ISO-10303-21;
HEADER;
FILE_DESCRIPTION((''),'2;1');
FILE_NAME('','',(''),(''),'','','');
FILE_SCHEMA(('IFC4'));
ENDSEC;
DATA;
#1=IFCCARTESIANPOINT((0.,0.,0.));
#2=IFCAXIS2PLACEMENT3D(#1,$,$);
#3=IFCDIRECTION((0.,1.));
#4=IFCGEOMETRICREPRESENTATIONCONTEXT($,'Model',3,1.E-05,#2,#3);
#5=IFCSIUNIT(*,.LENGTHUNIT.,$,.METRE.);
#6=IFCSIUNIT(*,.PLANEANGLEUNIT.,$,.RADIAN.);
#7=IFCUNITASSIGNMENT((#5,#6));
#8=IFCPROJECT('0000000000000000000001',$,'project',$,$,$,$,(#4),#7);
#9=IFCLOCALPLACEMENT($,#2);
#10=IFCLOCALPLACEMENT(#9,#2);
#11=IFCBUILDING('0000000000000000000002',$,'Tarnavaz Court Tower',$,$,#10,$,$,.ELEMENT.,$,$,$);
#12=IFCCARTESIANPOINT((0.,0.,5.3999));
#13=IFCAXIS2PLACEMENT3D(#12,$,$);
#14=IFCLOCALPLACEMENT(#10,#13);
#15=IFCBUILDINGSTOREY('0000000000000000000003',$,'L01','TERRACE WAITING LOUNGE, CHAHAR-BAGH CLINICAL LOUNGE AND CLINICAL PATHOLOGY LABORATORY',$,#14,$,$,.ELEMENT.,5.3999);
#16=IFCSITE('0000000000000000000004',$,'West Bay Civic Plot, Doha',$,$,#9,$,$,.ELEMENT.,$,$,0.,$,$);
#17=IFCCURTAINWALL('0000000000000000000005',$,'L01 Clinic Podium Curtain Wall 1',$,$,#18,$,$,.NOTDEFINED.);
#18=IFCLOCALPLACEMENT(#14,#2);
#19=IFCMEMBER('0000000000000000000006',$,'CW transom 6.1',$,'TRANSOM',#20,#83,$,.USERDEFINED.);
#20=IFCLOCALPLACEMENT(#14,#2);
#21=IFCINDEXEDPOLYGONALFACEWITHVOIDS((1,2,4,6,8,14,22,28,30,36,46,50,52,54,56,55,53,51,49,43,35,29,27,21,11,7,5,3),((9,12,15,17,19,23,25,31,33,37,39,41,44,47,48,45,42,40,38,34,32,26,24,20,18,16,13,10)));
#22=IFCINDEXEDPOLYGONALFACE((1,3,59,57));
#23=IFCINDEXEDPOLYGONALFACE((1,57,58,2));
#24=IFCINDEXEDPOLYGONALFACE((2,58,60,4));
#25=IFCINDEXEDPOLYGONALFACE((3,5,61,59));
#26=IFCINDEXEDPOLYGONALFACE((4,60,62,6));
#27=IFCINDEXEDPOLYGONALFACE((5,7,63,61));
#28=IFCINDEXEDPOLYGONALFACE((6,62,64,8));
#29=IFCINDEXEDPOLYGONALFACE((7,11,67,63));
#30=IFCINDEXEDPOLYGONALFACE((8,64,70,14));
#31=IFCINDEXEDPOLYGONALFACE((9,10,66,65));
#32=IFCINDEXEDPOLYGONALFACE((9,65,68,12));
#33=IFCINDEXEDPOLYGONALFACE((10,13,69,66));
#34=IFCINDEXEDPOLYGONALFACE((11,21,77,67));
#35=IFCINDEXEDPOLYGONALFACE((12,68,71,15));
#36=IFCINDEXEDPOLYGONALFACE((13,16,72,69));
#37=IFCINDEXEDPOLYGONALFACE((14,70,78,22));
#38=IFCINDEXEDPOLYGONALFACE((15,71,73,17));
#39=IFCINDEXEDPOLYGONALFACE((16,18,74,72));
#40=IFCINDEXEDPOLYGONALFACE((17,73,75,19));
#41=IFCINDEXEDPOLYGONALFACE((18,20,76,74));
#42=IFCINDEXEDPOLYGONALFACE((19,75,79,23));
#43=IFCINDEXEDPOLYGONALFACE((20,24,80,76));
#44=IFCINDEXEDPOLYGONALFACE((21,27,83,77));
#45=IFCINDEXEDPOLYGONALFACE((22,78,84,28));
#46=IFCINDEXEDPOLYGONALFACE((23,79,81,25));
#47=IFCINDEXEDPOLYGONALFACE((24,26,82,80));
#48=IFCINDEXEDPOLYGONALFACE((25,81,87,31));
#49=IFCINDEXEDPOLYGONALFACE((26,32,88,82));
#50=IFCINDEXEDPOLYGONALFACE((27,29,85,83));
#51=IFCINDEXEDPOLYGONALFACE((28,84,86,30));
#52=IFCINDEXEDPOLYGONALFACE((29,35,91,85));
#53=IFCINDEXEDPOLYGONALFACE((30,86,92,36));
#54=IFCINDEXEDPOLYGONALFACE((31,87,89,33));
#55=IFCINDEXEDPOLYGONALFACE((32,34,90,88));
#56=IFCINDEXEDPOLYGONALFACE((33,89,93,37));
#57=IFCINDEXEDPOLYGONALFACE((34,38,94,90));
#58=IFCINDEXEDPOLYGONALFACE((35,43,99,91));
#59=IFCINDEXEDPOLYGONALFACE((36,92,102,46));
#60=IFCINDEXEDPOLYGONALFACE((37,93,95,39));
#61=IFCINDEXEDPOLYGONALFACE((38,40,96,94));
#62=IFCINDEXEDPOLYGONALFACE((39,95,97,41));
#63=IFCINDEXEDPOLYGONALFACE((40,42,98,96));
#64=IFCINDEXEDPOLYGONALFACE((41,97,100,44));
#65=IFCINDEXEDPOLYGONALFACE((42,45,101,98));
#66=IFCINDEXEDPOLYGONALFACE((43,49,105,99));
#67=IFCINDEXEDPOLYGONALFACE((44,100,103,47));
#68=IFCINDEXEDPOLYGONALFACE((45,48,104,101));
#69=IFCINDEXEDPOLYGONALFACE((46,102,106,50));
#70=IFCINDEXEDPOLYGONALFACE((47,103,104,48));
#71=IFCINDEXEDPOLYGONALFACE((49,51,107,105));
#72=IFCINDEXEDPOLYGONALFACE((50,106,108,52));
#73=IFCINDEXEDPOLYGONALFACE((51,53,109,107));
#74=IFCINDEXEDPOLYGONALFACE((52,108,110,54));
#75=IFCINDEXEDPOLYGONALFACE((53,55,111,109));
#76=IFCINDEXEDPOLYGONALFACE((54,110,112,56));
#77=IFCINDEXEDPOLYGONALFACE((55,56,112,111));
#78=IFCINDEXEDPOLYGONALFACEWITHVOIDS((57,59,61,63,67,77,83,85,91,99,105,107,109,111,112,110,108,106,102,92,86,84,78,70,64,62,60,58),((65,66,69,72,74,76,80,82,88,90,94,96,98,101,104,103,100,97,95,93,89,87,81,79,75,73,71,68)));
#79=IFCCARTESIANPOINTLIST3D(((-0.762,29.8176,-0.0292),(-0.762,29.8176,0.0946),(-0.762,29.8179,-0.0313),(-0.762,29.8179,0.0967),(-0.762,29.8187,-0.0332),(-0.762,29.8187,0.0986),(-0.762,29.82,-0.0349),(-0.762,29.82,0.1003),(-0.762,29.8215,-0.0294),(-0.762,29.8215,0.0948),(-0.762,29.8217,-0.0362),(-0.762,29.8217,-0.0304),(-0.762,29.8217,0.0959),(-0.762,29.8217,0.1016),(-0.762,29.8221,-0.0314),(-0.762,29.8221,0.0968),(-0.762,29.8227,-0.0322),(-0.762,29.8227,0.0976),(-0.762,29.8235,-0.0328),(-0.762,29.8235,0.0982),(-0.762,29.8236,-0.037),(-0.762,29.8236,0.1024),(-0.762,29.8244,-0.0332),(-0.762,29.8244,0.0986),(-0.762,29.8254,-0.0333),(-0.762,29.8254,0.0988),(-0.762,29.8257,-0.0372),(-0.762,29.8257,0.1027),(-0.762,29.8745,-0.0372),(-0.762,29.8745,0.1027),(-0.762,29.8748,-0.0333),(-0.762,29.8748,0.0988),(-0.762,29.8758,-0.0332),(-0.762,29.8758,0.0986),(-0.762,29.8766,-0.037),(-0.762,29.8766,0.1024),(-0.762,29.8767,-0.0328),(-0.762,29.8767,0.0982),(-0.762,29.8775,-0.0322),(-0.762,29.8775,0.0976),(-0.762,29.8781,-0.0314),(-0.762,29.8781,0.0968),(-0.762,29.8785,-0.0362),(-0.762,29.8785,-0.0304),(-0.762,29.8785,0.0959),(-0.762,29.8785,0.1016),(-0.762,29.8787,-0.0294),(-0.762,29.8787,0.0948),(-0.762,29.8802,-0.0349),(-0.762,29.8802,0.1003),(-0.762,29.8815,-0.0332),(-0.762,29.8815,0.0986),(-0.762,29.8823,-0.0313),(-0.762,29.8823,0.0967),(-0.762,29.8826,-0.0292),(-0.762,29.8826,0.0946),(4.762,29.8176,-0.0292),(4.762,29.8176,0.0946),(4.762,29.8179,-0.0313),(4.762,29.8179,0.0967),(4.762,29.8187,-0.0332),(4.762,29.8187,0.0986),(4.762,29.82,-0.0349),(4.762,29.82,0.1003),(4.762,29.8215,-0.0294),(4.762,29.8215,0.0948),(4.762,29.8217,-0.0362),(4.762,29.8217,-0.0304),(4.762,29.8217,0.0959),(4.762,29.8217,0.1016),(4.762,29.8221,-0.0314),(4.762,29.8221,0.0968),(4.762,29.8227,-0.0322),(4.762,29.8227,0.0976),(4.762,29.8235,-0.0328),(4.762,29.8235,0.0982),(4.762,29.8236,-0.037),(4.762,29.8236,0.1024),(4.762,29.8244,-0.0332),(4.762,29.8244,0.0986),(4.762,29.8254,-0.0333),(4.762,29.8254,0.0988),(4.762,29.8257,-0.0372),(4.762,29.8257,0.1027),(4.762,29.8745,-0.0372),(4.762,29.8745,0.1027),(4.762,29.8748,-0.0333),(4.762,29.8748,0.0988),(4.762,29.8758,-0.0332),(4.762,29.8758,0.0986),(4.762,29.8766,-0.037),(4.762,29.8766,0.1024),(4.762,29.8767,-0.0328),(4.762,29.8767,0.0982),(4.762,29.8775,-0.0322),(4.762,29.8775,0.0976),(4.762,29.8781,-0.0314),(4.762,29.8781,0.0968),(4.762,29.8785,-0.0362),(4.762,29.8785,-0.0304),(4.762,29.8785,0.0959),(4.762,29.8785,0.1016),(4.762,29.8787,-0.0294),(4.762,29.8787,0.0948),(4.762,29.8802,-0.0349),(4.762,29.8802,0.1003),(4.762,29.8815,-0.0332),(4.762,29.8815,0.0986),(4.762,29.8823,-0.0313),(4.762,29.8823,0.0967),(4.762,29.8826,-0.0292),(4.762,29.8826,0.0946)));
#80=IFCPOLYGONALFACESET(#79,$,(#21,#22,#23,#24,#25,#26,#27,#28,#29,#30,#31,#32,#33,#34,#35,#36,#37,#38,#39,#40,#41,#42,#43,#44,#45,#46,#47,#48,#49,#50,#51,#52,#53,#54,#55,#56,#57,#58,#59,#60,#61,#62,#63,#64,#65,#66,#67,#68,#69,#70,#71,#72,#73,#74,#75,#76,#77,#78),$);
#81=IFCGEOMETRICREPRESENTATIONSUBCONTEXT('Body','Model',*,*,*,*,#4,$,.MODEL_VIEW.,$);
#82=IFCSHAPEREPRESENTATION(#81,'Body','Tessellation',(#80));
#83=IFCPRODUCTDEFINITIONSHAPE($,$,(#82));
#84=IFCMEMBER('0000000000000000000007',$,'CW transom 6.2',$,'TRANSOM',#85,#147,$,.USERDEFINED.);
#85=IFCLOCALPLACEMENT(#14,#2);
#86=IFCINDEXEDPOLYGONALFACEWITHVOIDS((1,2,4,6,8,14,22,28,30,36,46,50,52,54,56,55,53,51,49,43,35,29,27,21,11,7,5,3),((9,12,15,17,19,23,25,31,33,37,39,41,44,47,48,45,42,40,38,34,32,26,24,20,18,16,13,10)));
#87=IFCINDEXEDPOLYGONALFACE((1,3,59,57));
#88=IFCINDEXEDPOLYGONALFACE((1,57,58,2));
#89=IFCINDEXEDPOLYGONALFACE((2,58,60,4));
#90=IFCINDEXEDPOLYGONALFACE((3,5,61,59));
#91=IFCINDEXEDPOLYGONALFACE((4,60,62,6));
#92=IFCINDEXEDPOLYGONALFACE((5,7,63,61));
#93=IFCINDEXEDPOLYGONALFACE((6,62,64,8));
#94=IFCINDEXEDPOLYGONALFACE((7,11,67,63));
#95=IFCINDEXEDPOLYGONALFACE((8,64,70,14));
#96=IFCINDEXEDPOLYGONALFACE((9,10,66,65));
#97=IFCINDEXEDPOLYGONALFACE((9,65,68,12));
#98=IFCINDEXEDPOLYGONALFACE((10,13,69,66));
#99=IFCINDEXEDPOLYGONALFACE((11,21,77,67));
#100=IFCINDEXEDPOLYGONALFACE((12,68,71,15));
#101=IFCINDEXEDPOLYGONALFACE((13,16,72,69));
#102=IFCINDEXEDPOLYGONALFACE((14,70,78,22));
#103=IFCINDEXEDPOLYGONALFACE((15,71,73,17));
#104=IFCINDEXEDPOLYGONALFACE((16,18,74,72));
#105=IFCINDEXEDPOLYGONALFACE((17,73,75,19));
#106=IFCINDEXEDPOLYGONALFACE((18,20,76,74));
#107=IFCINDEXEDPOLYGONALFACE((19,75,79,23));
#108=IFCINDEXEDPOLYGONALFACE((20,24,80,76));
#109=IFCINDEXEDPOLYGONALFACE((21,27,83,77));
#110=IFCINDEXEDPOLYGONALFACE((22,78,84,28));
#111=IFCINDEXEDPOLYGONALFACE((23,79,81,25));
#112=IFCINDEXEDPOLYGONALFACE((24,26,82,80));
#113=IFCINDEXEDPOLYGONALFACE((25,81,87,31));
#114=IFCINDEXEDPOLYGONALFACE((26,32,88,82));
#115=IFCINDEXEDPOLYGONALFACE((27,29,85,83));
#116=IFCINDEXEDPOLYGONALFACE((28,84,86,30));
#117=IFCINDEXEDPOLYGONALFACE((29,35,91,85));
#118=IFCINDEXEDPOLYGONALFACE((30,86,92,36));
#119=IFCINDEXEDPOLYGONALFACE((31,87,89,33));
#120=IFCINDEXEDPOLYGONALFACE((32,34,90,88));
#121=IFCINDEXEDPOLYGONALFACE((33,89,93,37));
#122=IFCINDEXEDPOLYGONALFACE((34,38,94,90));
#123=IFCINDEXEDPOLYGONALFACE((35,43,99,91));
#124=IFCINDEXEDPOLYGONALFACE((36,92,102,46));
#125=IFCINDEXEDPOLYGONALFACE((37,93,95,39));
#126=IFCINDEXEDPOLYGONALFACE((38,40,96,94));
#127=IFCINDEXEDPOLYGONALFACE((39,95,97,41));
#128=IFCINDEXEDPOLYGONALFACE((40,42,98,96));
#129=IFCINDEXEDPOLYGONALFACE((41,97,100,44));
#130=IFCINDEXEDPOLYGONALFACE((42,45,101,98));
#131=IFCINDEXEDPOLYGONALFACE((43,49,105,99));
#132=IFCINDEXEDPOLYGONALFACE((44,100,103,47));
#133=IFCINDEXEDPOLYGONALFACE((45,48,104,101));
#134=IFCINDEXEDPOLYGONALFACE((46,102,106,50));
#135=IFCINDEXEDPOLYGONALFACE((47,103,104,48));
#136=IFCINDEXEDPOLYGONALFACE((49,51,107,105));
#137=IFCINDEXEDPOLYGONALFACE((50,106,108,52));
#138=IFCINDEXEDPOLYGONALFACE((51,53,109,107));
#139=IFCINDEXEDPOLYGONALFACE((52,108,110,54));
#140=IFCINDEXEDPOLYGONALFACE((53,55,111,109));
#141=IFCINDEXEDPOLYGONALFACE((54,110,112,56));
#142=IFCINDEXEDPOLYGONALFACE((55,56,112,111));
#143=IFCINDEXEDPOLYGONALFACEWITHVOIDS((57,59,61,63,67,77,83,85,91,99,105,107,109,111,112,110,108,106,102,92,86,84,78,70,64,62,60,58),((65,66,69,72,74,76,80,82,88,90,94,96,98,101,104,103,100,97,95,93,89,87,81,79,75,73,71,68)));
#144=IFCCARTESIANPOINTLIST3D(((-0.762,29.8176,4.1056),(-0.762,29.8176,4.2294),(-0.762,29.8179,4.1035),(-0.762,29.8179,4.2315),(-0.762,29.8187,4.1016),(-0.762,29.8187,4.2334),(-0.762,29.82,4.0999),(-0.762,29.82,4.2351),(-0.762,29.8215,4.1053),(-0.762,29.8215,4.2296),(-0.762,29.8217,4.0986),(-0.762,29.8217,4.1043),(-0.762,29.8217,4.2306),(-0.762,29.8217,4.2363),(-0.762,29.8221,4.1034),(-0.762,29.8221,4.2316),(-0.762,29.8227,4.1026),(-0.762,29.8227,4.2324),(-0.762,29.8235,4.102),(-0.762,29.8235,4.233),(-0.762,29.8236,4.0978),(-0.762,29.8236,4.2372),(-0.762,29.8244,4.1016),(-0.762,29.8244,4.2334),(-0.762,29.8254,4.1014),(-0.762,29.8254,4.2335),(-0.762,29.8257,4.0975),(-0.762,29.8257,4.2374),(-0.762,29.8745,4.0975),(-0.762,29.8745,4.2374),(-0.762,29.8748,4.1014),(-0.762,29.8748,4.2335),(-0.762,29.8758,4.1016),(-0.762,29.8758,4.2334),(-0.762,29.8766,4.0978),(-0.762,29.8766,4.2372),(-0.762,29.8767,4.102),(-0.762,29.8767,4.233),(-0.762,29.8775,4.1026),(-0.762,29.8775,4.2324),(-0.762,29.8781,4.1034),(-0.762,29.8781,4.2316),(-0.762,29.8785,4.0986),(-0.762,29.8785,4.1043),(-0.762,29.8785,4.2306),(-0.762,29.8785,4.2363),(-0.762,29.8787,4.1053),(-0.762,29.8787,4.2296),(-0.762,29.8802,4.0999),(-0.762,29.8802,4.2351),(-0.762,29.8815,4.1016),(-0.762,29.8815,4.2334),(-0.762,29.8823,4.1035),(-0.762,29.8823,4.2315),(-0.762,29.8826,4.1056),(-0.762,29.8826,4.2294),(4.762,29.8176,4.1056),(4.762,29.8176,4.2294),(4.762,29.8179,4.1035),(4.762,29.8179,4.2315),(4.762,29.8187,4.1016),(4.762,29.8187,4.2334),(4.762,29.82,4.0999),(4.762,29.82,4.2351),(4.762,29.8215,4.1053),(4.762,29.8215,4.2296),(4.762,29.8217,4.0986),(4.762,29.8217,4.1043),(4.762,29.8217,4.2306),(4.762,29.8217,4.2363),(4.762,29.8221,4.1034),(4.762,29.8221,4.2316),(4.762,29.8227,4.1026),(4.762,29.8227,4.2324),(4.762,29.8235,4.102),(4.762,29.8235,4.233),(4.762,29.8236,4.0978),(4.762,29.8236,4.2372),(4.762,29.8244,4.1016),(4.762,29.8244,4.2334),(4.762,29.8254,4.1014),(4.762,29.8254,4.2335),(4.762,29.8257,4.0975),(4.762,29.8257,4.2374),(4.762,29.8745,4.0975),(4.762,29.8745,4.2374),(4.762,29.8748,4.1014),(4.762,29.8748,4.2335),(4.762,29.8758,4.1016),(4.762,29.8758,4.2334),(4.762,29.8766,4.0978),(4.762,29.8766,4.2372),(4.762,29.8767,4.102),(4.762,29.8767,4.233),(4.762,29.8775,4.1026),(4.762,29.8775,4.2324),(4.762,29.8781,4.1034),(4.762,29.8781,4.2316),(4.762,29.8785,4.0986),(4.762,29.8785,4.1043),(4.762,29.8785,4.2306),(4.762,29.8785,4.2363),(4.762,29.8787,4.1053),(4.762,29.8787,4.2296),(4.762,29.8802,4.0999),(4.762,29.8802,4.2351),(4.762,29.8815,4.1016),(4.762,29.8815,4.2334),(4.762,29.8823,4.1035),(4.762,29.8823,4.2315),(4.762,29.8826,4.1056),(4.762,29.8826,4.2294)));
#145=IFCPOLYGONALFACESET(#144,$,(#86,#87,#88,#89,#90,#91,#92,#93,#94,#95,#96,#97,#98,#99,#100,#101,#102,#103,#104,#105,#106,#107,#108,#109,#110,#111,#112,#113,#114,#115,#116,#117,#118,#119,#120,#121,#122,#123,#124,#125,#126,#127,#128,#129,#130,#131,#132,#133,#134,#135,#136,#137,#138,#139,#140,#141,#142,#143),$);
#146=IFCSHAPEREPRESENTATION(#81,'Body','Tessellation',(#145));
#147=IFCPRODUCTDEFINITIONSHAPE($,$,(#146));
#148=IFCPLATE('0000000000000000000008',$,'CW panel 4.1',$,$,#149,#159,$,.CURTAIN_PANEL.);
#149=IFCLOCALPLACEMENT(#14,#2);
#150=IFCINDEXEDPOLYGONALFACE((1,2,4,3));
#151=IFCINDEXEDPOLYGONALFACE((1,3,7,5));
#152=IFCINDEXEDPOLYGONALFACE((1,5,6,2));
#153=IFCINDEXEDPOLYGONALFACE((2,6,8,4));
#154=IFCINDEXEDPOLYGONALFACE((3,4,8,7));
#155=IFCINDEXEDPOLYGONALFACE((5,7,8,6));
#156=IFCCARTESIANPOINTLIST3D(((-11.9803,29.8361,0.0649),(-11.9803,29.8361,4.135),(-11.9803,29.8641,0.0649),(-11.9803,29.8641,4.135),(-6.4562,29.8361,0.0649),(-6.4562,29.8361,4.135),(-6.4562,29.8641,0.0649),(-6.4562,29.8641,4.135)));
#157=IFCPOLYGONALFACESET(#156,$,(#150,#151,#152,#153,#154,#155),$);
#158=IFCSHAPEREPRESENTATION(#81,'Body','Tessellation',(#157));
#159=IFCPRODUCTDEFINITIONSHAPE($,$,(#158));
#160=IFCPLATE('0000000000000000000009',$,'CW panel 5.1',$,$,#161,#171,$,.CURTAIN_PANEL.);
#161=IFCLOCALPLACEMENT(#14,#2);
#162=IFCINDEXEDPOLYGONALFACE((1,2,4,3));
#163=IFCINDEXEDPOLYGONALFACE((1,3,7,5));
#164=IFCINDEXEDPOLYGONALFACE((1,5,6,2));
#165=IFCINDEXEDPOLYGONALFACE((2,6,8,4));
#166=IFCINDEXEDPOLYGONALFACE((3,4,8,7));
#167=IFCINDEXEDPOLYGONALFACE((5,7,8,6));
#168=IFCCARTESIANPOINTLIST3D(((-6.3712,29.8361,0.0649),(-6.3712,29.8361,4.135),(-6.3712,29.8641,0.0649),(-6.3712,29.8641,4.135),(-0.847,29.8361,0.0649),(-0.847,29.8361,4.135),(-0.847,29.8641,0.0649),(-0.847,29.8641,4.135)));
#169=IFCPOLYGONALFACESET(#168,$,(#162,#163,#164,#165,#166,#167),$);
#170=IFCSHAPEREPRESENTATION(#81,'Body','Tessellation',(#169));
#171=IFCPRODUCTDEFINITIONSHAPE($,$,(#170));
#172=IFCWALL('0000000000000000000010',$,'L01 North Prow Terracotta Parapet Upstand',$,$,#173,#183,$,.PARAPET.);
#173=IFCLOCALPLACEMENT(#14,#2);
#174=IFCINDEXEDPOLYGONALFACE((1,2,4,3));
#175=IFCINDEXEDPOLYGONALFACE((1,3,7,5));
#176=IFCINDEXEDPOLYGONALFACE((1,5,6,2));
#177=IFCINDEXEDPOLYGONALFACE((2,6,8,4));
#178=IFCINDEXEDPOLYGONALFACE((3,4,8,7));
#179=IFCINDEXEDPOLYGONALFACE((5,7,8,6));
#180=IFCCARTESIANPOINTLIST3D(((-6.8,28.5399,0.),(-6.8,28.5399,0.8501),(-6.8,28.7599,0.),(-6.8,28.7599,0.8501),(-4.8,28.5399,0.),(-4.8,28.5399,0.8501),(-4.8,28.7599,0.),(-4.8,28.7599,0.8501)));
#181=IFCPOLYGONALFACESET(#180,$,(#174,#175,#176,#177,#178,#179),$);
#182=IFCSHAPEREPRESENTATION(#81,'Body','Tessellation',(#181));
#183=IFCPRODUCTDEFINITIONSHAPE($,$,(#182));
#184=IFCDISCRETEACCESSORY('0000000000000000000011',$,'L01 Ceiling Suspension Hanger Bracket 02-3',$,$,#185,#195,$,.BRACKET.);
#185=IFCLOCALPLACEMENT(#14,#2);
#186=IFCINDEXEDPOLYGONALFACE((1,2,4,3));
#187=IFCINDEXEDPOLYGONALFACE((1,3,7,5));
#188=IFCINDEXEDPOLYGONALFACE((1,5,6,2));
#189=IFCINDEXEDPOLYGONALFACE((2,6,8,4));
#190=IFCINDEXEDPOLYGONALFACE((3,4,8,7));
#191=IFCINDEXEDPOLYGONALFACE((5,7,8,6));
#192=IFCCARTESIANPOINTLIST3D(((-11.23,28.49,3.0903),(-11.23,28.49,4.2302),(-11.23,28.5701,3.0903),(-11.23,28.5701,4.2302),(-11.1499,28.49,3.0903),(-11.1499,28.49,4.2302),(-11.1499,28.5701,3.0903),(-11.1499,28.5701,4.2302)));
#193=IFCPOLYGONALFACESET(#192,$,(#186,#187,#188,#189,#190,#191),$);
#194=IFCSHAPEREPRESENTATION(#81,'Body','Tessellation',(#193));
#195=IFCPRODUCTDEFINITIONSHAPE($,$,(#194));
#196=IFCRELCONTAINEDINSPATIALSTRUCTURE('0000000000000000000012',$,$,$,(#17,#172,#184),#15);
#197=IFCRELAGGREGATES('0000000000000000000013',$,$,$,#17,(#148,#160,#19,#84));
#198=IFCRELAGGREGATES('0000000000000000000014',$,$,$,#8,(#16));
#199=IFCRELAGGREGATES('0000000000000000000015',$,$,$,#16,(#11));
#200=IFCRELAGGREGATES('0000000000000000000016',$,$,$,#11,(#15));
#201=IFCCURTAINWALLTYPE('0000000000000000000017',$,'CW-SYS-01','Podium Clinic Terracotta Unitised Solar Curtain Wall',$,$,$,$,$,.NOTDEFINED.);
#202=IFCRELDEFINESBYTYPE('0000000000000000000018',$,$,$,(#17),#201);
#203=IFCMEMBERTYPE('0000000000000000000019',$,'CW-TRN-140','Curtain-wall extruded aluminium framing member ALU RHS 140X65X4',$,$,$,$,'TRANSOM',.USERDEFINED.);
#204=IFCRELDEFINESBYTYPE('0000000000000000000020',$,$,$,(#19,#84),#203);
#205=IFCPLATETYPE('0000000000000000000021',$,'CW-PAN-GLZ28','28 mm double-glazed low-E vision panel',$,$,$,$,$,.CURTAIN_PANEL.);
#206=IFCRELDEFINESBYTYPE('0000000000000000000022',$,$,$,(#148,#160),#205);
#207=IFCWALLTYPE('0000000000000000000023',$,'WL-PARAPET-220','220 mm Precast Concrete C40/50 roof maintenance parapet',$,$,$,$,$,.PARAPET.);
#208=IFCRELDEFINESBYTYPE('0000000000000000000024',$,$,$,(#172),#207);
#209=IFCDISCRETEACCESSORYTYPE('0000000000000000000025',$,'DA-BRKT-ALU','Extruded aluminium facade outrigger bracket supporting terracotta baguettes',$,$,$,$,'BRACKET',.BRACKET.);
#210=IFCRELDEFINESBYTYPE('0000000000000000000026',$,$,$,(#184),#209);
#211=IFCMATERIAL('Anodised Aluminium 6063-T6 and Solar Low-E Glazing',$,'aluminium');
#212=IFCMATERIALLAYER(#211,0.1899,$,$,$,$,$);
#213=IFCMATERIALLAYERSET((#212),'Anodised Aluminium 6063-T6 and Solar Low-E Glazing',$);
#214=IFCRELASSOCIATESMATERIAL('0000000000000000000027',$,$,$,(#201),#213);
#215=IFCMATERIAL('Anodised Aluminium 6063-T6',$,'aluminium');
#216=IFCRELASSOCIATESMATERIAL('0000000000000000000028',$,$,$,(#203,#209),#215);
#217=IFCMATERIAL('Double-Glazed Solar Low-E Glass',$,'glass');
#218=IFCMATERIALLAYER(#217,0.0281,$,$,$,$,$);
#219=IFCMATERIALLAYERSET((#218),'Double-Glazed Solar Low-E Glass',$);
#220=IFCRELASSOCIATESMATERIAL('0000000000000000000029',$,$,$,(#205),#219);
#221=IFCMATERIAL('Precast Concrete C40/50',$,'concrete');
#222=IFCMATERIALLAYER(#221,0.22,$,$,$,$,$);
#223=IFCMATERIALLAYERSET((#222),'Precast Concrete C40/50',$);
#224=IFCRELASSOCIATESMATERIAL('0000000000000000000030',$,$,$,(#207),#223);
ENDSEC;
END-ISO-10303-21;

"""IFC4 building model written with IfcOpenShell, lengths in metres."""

from ifc_helpers import new_model, si_unit, direction, frame, frame_2d, origin, origin_2d, place, context, subcontext, project, spatial, rectangle, hollow_rectangle, extrude, material, layer, layer_set, material_profile, profile_set, type_object, element, aggregate, save


model = new_model("IFC4")

# Units and contexts
model_context = context("Model", 3, precision=1e-05, world=origin(), true_north=direction((0.0, 1.0)))
body_context = subcontext(model_context, "Body", "Model", "MODEL_VIEW")
ifc_project = project(units=[si_unit("LENGTHUNIT", "METRE"), si_unit("PLANEANGLEUNIT", "RADIAN")], contexts=[model_context])

# Site, building, storey
site_placement = place(None, origin())
site = spatial("IfcSite", under=ifc_project, at=site_placement, Name="West Bay Civic Plot, Doha", CompositionType="ELEMENT", RefElevation=0.0)
building_placement = place(site_placement, origin())
building = spatial("IfcBuilding", under=site, at=building_placement, Name="Tarnavaz Court Tower", CompositionType="ELEMENT")
storey_placement = place(building_placement, frame((0.0, 0.0, 5.3999)))
storey = spatial("IfcBuildingStorey", under=building, at=storey_placement, Name="L01", Description="TERRACE WAITING LOUNGE, CHAHAR-BAGH CLINICAL LOUNGE AND CLINICAL PATHOLOGY LABORATORY", CompositionType="ELEMENT", Elevation=5.3999)

# Curtain wall, members, plates
ifc_material_1 = material(Name="Anodised Aluminium 6063-T6 and Solar Low-E Glazing", Category="aluminium")
ifc_layer_1 = layer(ifc_material_1, 0.1899)
ifc_layer_set_1 = layer_set([ifc_layer_1], Name="Anodised Aluminium 6063-T6 and Solar Low-E Glazing")
curtain_wall_type = type_object("IfcCurtainWallType", Name="CW-SYS-01", Description="Podium Clinic Terracotta Unitised Solar Curtain Wall", PredefinedType="NOTDEFINED", material=ifc_layer_set_1)
curtain_wall_placement = place(storey_placement, origin())
curtain_wall = element("IfcCurtainWall", 1, at=curtain_wall_placement, inside=storey, type_object=curtain_wall_type, Name="L01 Clinic Podium Curtain Wall 1", PredefinedType="NOTDEFINED")
ifc_material_2 = material(Name="Anodised Aluminium 6063-T6", Category="aluminium")
ifc_material_profile_1 = material_profile(ifc_material_2, hollow_rectangle(XDim=0.0649, YDim=0.1399, WallThickness=0.0039, InnerFilletRadius=0.0039, OuterFilletRadius=0.0081, at=origin_2d()), Name="ALU RHS 140X65X4")
ifc_profile_set_1 = profile_set([ifc_material_profile_1], Name="Anodised Aluminium 6063-T6")
member_type_1 = type_object("IfcMemberType", Name="CW-TRN-140", Description="Curtain-wall extruded aluminium framing member ALU RHS 140X65X4", ElementType="TRANSOM", PredefinedType="USERDEFINED", material=ifc_profile_set_1)
member_1_placement = place(storey_placement, frame((-0.762, 29.8501, 0.0327), z_axis=(1.0, 0.0, 0.0), x_axis=(0.0, 1.0, 0.0)))
member_1 = element("IfcMember", 2, at=member_1_placement, type_object=member_type_1, Name="CW transom 6.1", ObjectType="TRANSOM", PredefinedType="USERDEFINED", context=body_context, shape_type="SweptSolid", body=[
    extrude(hollow_rectangle(XDim=0.0649, YDim=0.1399, WallThickness=0.0039, InnerFilletRadius=0.0039, OuterFilletRadius=0.0081, at=origin_2d()), origin(), (0.0, 0.0, 1.0), 5.5239),
])
member_2_placement = place(storey_placement, frame((-0.762, 29.8501, 4.1675), z_axis=(1.0, 0.0, 0.0), x_axis=(0.0, 1.0, 0.0)))
member_2 = element("IfcMember", 3, at=member_2_placement, type_object=member_type_1, Name="CW transom 6.2", ObjectType="TRANSOM", PredefinedType="USERDEFINED", context=body_context, shape_type="SweptSolid", body=[
    extrude(hollow_rectangle(XDim=0.0649, YDim=0.1399, WallThickness=0.0039, InnerFilletRadius=0.0039, OuterFilletRadius=0.0081, at=origin_2d()), origin(), (0.0, 0.0, 1.0), 5.5239),
])
ifc_material_3 = material(Name="Double-Glazed Solar Low-E Glass", Category="glass")
ifc_layer_2 = layer(ifc_material_3, 0.0281)
ifc_layer_set_2 = layer_set([ifc_layer_2], Name="Double-Glazed Solar Low-E Glass")
plate_type = type_object("IfcPlateType", Name="CW-PAN-GLZ28", Description="28 mm double-glazed low-E vision panel", PredefinedType="CURTAIN_PANEL", material=ifc_layer_set_2)
plate_1_placement = place(storey_placement, frame((-9.2183, 29.8501, 0.0649), z_axis=(0.0, 0.0, 1.0), x_axis=(1.0, 0.0, 0.0)))
plate_1 = element("IfcPlate", 4, at=plate_1_placement, type_object=plate_type, Name="CW panel 4.1", PredefinedType="CURTAIN_PANEL", context=body_context, shape_type="SweptSolid", body=[
    extrude(rectangle(XDim=5.5242, YDim=0.0281, at=origin_2d()), origin(), (0.0, 0.0, 1.0), 4.0701),
])
plate_2_placement = place(storey_placement, frame((-3.6091, 29.8501, 0.0649), z_axis=(0.0, 0.0, 1.0), x_axis=(1.0, 0.0, 0.0)))
plate_2 = element("IfcPlate", 5, at=plate_2_placement, type_object=plate_type, Name="CW panel 5.1", PredefinedType="CURTAIN_PANEL", context=body_context, shape_type="SweptSolid", body=[
    extrude(rectangle(XDim=5.5242, YDim=0.0281, at=origin_2d()), origin(), (0.0, 0.0, 1.0), 4.0701),
])
aggregate(curtain_wall, [plate_1, plate_2, member_1, member_2])

# Wall
ifc_material_4 = material(Name="Precast Concrete C40/50", Category="concrete")
ifc_layer_3 = layer(ifc_material_4, 0.22)
ifc_layer_set_3 = layer_set([ifc_layer_3], Name="Precast Concrete C40/50")
wall_type = type_object("IfcWallType", Name="WL-PARAPET-220", Description="220 mm Precast Concrete C40/50 roof maintenance parapet", PredefinedType="PARAPET", material=ifc_layer_set_3)
wall_placement = place(storey_placement, frame((-6.8, 28.6499, 0.0), z_axis=(0.0, 0.0, 1.0), x_axis=(1.0, 0.0, 0.0)))
element("IfcWall", 6, at=wall_placement, inside=storey, type_object=wall_type, Name="L01 North Prow Terracotta Parapet Upstand", PredefinedType="PARAPET", context=body_context, shape_type="SweptSolid", body=[
    extrude(rectangle(XDim=2.0, YDim=0.22, at=frame_2d((1.0, 0.0))), origin(), (0.0, 0.0, 1.0), 0.8501),
])

# Discrete accessory
discrete_accessory_type = type_object("IfcDiscreteAccessoryType", Name="DA-BRKT-ALU", Description="Extruded aluminium facade outrigger bracket supporting terracotta baguettes", ElementType="BRACKET", PredefinedType="BRACKET", material=ifc_material_2)
for number, where, z_axis, x_axis, name in (
    (7, (-11.1899, 28.53, 3.0903), (0.0, 0.0, 1.0), (1.0, 0.0, 0.0), "L01 Ceiling Suspension Hanger Bracket 02-3"),
):
    element("IfcDiscreteAccessory", number, at=place(storey_placement, frame(where, z_axis=z_axis, x_axis=x_axis)), inside=storey, type_object=discrete_accessory_type, Name=name, PredefinedType="BRACKET", context=body_context, shape_type="SweptSolid", body=[
        extrude(rectangle(XDim=0.0801, YDim=0.0801, at=origin_2d()), origin(), (0.0, 0.0, 1.0), 1.1399),
    ])

save(model, "model.ifc")
